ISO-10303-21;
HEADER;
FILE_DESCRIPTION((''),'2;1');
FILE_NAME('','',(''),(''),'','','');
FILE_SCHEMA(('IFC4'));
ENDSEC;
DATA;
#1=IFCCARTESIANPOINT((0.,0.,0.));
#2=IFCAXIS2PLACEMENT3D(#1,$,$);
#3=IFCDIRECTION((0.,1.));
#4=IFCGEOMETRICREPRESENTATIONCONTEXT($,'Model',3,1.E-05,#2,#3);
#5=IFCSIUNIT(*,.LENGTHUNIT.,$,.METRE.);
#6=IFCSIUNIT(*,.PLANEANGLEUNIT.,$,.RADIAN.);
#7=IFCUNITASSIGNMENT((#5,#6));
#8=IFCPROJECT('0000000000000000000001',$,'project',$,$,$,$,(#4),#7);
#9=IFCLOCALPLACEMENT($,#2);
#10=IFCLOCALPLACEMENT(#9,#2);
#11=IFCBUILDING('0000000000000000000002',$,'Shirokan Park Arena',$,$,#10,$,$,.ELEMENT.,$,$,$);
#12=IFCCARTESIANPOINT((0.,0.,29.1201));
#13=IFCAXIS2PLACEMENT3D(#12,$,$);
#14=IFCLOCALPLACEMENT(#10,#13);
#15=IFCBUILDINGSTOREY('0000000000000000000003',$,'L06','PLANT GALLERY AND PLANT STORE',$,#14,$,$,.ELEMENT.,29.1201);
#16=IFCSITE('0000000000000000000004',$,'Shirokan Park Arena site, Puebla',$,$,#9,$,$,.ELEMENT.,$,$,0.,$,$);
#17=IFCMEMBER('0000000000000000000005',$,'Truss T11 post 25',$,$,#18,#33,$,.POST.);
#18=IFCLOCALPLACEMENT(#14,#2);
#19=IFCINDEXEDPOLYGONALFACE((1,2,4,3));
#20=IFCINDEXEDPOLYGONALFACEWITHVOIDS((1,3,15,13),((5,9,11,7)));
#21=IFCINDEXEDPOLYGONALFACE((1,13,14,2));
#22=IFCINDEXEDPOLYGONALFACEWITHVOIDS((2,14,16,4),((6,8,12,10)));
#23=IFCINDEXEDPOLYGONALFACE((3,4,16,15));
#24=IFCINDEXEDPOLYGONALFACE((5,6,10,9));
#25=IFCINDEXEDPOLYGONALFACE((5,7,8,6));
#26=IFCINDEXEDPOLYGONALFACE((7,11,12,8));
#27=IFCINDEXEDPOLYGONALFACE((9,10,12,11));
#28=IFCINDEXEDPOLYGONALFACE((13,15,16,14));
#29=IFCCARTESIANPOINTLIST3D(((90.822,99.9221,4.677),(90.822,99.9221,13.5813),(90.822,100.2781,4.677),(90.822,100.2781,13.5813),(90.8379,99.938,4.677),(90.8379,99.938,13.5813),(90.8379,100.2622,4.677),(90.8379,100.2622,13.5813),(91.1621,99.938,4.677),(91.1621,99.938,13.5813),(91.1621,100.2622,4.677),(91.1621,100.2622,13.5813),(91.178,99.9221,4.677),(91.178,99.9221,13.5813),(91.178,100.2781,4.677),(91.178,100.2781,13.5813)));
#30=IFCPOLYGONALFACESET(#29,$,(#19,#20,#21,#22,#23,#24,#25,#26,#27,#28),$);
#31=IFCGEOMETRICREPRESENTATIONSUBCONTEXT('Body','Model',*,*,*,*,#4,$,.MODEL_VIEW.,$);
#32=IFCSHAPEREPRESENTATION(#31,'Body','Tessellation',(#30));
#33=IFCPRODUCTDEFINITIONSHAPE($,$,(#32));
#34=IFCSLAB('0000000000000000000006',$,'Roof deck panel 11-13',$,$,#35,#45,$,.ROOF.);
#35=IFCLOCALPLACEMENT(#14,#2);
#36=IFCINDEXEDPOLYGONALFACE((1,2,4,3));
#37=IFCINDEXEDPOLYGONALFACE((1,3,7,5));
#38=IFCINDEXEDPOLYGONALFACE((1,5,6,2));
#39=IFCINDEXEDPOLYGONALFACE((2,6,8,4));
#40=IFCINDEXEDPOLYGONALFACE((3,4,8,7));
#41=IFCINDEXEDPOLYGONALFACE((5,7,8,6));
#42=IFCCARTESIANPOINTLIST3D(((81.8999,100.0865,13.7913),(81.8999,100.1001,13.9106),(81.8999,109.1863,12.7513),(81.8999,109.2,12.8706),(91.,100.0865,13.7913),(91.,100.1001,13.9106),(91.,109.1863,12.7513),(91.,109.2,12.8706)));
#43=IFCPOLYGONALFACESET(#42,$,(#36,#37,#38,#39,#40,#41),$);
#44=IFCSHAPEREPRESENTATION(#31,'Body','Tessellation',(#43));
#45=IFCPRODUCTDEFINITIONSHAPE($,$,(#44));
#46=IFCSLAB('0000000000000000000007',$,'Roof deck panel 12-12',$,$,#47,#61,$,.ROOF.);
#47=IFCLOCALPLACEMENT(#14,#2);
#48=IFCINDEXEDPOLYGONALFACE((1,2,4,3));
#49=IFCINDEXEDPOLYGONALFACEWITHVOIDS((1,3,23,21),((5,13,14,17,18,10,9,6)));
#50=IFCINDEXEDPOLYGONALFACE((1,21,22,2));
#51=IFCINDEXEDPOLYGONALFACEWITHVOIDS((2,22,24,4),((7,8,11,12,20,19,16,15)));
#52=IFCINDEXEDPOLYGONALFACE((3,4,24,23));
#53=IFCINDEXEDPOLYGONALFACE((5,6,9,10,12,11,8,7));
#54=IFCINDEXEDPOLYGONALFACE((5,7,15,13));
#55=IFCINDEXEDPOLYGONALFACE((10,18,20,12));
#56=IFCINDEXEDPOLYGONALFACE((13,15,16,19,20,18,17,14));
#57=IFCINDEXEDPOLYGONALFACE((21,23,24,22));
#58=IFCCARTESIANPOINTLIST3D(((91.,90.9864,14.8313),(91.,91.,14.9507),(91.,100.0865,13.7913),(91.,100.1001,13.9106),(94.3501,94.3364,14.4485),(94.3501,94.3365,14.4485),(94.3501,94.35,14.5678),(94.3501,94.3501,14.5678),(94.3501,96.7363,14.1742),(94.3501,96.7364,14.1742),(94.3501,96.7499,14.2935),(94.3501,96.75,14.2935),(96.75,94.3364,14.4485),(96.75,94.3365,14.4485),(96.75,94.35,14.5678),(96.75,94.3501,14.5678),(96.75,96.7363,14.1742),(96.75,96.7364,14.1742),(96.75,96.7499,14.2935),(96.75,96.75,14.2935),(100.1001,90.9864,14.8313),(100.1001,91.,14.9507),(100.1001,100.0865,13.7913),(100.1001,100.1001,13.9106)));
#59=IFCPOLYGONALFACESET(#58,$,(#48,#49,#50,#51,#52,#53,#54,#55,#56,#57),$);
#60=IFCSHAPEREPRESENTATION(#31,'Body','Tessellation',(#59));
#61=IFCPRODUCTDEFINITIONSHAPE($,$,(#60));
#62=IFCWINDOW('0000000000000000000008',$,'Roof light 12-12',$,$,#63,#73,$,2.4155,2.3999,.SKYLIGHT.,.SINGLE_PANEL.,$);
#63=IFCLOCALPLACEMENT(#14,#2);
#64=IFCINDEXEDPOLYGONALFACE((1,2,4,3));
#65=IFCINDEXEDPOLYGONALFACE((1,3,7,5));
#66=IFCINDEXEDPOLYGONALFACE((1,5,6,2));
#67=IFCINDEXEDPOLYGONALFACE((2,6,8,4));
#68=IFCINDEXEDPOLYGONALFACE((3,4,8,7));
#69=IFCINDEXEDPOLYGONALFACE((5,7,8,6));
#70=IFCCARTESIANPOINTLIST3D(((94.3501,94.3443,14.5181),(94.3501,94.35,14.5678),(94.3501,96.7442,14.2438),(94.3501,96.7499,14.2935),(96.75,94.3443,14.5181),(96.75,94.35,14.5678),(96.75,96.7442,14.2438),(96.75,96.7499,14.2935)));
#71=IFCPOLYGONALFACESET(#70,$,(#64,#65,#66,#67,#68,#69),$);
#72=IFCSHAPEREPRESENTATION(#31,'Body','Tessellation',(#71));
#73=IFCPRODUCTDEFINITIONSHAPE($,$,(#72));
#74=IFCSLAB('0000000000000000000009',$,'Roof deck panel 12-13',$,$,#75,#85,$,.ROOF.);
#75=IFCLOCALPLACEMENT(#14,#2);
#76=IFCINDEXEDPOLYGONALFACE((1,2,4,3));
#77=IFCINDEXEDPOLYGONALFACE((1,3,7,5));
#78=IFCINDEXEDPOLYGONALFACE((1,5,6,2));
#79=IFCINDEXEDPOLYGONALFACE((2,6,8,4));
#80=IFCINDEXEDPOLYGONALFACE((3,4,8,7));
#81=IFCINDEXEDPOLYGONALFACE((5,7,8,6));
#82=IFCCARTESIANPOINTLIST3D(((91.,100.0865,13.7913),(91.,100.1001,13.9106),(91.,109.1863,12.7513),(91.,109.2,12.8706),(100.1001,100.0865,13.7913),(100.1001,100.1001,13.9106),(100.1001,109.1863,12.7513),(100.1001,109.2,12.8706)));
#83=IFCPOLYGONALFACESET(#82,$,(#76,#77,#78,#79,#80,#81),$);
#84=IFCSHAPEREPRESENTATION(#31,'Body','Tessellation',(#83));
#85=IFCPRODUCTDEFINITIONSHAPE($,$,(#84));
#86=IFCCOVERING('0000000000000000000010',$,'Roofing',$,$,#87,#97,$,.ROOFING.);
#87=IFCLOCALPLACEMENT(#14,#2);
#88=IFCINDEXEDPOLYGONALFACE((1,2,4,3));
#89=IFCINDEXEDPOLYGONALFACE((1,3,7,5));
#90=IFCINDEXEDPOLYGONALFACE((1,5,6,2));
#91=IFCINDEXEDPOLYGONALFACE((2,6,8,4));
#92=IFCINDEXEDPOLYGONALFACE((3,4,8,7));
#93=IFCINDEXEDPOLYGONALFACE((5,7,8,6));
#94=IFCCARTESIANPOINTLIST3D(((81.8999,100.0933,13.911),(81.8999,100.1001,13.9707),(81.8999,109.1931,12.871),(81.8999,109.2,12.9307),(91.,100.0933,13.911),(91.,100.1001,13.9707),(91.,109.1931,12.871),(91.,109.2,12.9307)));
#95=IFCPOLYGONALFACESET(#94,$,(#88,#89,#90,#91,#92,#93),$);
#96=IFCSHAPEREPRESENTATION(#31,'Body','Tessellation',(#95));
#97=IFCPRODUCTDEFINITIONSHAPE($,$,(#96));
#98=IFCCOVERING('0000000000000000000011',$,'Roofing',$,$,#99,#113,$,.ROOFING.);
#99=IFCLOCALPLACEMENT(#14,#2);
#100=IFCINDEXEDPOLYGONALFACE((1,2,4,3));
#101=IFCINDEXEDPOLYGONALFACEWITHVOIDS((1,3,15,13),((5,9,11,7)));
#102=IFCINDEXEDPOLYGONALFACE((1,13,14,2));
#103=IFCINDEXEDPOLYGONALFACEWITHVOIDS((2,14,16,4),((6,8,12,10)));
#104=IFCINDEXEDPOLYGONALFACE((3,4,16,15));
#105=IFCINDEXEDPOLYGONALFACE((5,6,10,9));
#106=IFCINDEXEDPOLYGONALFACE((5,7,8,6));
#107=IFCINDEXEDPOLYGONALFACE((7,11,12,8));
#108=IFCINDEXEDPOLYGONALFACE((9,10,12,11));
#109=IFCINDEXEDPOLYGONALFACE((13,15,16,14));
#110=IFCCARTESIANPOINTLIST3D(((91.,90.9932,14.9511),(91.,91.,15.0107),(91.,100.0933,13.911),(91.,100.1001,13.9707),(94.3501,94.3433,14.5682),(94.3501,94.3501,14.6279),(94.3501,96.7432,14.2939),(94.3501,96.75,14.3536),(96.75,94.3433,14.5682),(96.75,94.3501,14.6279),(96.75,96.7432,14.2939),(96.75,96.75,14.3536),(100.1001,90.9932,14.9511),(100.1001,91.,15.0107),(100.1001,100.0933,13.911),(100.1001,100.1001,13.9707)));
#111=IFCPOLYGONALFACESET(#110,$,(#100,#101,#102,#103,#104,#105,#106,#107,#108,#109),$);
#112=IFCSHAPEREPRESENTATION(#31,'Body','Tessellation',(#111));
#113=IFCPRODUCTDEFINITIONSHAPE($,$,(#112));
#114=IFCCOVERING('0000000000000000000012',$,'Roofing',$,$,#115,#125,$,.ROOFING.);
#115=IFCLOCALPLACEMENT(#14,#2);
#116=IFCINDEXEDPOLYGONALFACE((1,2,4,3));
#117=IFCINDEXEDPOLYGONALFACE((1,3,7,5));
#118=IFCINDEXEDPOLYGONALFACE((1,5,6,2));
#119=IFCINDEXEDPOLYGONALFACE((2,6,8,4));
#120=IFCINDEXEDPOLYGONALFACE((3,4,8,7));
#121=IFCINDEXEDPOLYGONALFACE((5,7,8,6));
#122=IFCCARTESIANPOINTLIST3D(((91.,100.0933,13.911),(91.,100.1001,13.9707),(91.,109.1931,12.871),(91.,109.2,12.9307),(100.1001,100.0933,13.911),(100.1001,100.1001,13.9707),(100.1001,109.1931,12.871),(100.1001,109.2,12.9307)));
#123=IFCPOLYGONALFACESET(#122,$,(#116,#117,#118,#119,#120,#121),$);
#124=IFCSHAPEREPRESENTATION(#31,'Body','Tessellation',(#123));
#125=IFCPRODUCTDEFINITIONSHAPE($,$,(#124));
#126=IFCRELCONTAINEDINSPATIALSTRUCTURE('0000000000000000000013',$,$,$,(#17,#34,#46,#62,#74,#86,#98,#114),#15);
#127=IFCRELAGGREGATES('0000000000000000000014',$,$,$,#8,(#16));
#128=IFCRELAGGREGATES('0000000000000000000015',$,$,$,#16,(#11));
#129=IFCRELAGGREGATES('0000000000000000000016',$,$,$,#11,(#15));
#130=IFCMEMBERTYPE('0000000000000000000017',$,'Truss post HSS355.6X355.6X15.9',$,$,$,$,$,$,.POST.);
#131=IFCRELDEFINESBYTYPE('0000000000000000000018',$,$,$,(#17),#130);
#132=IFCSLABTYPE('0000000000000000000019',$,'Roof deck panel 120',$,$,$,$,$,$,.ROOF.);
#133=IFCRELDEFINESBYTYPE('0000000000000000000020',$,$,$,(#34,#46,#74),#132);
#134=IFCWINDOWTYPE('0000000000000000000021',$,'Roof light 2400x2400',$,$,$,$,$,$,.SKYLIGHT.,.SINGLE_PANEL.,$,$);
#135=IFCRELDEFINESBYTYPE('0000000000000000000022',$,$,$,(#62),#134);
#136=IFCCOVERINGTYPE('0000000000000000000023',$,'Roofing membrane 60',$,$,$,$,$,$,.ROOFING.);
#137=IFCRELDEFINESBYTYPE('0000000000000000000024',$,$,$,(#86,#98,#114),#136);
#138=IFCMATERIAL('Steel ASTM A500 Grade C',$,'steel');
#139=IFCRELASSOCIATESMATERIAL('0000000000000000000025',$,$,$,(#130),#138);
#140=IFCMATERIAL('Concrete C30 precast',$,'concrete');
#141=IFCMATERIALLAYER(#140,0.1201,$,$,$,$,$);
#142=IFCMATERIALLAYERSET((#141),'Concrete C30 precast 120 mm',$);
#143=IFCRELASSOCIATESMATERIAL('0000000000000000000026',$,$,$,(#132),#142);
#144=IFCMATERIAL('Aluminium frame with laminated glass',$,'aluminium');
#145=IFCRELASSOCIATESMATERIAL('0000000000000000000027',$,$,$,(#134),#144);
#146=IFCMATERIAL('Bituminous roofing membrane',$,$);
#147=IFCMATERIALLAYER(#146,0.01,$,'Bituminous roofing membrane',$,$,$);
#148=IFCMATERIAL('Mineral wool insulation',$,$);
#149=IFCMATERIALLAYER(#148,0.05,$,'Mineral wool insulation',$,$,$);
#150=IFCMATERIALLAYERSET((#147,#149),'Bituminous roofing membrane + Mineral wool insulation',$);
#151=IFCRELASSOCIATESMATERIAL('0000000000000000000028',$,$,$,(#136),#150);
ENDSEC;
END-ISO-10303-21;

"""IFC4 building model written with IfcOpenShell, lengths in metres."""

from ifc_helpers import new_model, si_unit, direction, frame, origin, origin_2d, place, context, subcontext, project, spatial, polyline, rectangle, hollow_rectangle, outline, extrude, material, layer, layer_set, material_profile, profile_set, type_object, element, fill, save


model = new_model("IFC4")

# Units and contexts
model_context = context("Model", 3, precision=1e-05, world=origin(), true_north=direction((0.0, 1.0)))
body_context = subcontext(model_context, "Body", "Model", "MODEL_VIEW")
ifc_project = project(units=[si_unit("LENGTHUNIT", "METRE"), si_unit("PLANEANGLEUNIT", "RADIAN")], contexts=[model_context])

# Site, building, storey
site_placement = place(None, origin())
site = spatial("IfcSite", under=ifc_project, at=site_placement, Name="Shirokan Park Arena site, Puebla", CompositionType="ELEMENT", RefElevation=0.0)
building_placement = place(site_placement, origin())
building = spatial("IfcBuilding", under=site, at=building_placement, Name="Shirokan Park Arena", CompositionType="ELEMENT")
storey_placement = place(building_placement, frame((0.0, 0.0, 29.1201)))
storey = spatial("IfcBuildingStorey", under=building, at=storey_placement, Name="L06", Description="PLANT GALLERY AND PLANT STORE", CompositionType="ELEMENT", Elevation=29.1201)

# Shared definitions
ifc_material_1 = material(Name="Steel ASTM A500 Grade C", Category="steel")

# Member
ifc_material_profile_1 = material_profile(ifc_material_1, hollow_rectangle(XDim=0.356, YDim=0.356, WallThickness=0.0159, at=origin_2d()), Name="HSS355.6X355.6X15.9")
ifc_profile_set_1 = profile_set([ifc_material_profile_1], Name="Steel ASTM A500 Grade C")
member_type_1 = type_object("IfcMemberType", Name="Truss post HSS355.6X355.6X15.9", PredefinedType="POST", material=ifc_profile_set_1)
for number, where, z_axis, x_axis, name in (
    (1, (91.0, 100.1001, 4.677), (0.0, 0.0, 1.0), (1.0, 0.0, 0.0), "Truss T11 post 25"),
):
    element("IfcMember", number, at=place(storey_placement, frame(where, z_axis=z_axis, x_axis=x_axis)), inside=storey, type_object=member_type_1, Name=name, PredefinedType="POST", context=body_context, shape_type="SweptSolid", body=[
        extrude(hollow_rectangle(XDim=0.356, YDim=0.356, WallThickness=0.0159, at=origin_2d()), origin(), (0.0, 0.0, 1.0), 8.9043),
    ])

# Slab
ifc_material_2 = material(Name="Concrete C30 precast", Category="concrete")
ifc_layer_1 = layer(ifc_material_2, 0.1201)
ifc_layer_set_1 = layer_set([ifc_layer_1], Name="Concrete C30 precast 120 mm")
slab_type = type_object("IfcSlabType", Name="Roof deck panel 120", PredefinedType="ROOF", material=ifc_layer_set_1)
slab_1_placement = place(storey_placement, frame((81.8999, 100.1001, 13.9106), z_axis=(0.0, 0.113553, 0.993532), x_axis=(1.0, 0.0, 0.0)))
element("IfcSlab", 2, at=slab_1_placement, inside=storey, type_object=slab_type, Name="Roof deck panel 11-13", PredefinedType="ROOF", context=body_context, shape_type="SweptSolid", body=[
    extrude(outline(polyline([(0.0, 0.0), (9.1001, 0.0), (9.1001, 9.1591), (0.0, 9.1591), (0.0, 0.0)])), origin(), (0.0, 0.0, -1.0), 0.1201),
])

# Slab, opening, window
slab_2_placement = place(storey_placement, frame((91.0, 91.0, 14.9507), z_axis=(0.0, 0.11355, 0.993532), x_axis=(1.0, 0.0, 0.0)))
slab_2 = element("IfcSlab", 3, at=slab_2_placement, inside=storey, type_object=slab_type, Name="Roof deck panel 12-12", PredefinedType="ROOF", context=body_context, shape_type="SweptSolid", body=[
    extrude(outline(polyline([(0.0, 0.0), (9.1001, 0.0), (9.1001, 9.1593), (0.0, 9.1593), (0.0, 0.0)]), holes=[polyline([(3.3501, 3.3719), (5.75, 3.3719), (5.75, 5.7874), (3.3501, 5.7874), (3.3501, 3.3719)])]), origin(), (0.0, 0.0, -1.0), 0.1201),
])
opening_placement = place(slab_2_placement, frame((4.55, 4.5796, 0.01)))
opening = element("IfcOpeningElement", 4, at=opening_placement, cuts=slab_2, PredefinedType="OPENING", context=body_context, shape_type="SweptSolid", body=[
    extrude(rectangle(XDim=2.3999, YDim=2.4155, at=origin_2d()), origin(), (0.0, 0.0, -1.0), 0.1399),
])
ifc_material_3 = material(Name="Aluminium frame with laminated glass", Category="aluminium")
window_type = type_object("IfcWindowType", Name="Roof light 2400x2400", PartitioningType="SINGLE_PANEL", PredefinedType="SKYLIGHT", material=ifc_material_3)
window_placement = place(opening_placement, frame((0.0, 0.0, -0.0601)))
window = element("IfcWindow", 5, at=window_placement, inside=storey, type_object=window_type, Name="Roof light 12-12", OverallHeight=2.4155, OverallWidth=2.3999, PartitioningType="SINGLE_PANEL", PredefinedType="SKYLIGHT", context=body_context, shape_type="SweptSolid", body=[
    extrude(rectangle(XDim=2.3999, YDim=2.4155, at=origin_2d()), origin(), (0.0, 0.0, 1.0), 0.05),
])
fill(opening, window)

# Slab
slab_3_placement = place(storey_placement, frame((91.0, 100.1001, 13.9106), z_axis=(0.0, 0.113553, 0.993532), x_axis=(1.0, 0.0, 0.0)))
element("IfcSlab", 6, at=slab_3_placement, inside=storey, type_object=slab_type, Name="Roof deck panel 12-13", PredefinedType="ROOF", context=body_context, shape_type="SweptSolid", body=[
    extrude(outline(polyline([(0.0, 0.0), (9.1001, 0.0), (9.1001, 9.1591), (0.0, 9.1591), (0.0, 0.0)])), origin(), (0.0, 0.0, -1.0), 0.1201),
])

# Coverings
ifc_material_4 = material(Name="Bituminous roofing membrane")
ifc_layer_2 = layer(ifc_material_4, 0.01, Name="Bituminous roofing membrane")
ifc_material_5 = material(Name="Mineral wool insulation")
ifc_layer_3 = layer(ifc_material_5, 0.05, Name="Mineral wool insulation")
ifc_layer_set_2 = layer_set([ifc_layer_2, ifc_layer_3], Name="Bituminous roofing membrane + Mineral wool insulation")
covering_type = type_object("IfcCoveringType", Name="Roofing membrane 60", PredefinedType="ROOFING", material=ifc_layer_set_2)
covering_1_placement = place(storey_placement, frame((81.8999, 100.1001, 13.9707), z_axis=(0.0, 0.113553, 0.993532), x_axis=(1.0, 0.0, 0.0)))
element("IfcCovering", 7, at=covering_1_placement, inside=storey, type_object=covering_type, Name="Roofing", PredefinedType="ROOFING", context=body_context, shape_type="SweptSolid", body=[
    extrude(outline(polyline([(0.0, 0.0), (9.1001, 0.0), (9.1001, 9.1591), (0.0, 9.1591), (0.0, 0.0)])), origin(), (0.0, 0.0, -1.0), 0.0601),
])
covering_2_placement = place(storey_placement, frame((91.0, 91.0, 15.0107), z_axis=(0.0, 0.11355, 0.993532), x_axis=(1.0, 0.0, 0.0)))
element("IfcCovering", 8, at=covering_2_placement, inside=storey, type_object=covering_type, Name="Roofing", PredefinedType="ROOFING", context=body_context, shape_type="SweptSolid", body=[
    extrude(outline(polyline([(0.0, 0.0), (9.1001, 0.0), (9.1001, 9.1593), (0.0, 9.1593), (0.0, 0.0)]), holes=[polyline([(5.75, 3.3719), (5.75, 5.7874), (3.3501, 5.7874), (3.3501, 3.3719), (5.75, 3.3719)])]), origin(), (0.0, 0.0, -1.0), 0.0601),
])
covering_3_placement = place(storey_placement, frame((91.0, 100.1001, 13.9707), z_axis=(0.0, 0.113553, 0.993532), x_axis=(1.0, 0.0, 0.0)))
element("IfcCovering", 9, at=covering_3_placement, inside=storey, type_object=covering_type, Name="Roofing", PredefinedType="ROOFING", context=body_context, shape_type="SweptSolid", body=[
    extrude(outline(polyline([(0.0, 0.0), (9.1001, 0.0), (9.1001, 9.1591), (0.0, 9.1591), (0.0, 0.0)])), origin(), (0.0, 0.0, -1.0), 0.0601),
])

save(model, "model.ifc")
